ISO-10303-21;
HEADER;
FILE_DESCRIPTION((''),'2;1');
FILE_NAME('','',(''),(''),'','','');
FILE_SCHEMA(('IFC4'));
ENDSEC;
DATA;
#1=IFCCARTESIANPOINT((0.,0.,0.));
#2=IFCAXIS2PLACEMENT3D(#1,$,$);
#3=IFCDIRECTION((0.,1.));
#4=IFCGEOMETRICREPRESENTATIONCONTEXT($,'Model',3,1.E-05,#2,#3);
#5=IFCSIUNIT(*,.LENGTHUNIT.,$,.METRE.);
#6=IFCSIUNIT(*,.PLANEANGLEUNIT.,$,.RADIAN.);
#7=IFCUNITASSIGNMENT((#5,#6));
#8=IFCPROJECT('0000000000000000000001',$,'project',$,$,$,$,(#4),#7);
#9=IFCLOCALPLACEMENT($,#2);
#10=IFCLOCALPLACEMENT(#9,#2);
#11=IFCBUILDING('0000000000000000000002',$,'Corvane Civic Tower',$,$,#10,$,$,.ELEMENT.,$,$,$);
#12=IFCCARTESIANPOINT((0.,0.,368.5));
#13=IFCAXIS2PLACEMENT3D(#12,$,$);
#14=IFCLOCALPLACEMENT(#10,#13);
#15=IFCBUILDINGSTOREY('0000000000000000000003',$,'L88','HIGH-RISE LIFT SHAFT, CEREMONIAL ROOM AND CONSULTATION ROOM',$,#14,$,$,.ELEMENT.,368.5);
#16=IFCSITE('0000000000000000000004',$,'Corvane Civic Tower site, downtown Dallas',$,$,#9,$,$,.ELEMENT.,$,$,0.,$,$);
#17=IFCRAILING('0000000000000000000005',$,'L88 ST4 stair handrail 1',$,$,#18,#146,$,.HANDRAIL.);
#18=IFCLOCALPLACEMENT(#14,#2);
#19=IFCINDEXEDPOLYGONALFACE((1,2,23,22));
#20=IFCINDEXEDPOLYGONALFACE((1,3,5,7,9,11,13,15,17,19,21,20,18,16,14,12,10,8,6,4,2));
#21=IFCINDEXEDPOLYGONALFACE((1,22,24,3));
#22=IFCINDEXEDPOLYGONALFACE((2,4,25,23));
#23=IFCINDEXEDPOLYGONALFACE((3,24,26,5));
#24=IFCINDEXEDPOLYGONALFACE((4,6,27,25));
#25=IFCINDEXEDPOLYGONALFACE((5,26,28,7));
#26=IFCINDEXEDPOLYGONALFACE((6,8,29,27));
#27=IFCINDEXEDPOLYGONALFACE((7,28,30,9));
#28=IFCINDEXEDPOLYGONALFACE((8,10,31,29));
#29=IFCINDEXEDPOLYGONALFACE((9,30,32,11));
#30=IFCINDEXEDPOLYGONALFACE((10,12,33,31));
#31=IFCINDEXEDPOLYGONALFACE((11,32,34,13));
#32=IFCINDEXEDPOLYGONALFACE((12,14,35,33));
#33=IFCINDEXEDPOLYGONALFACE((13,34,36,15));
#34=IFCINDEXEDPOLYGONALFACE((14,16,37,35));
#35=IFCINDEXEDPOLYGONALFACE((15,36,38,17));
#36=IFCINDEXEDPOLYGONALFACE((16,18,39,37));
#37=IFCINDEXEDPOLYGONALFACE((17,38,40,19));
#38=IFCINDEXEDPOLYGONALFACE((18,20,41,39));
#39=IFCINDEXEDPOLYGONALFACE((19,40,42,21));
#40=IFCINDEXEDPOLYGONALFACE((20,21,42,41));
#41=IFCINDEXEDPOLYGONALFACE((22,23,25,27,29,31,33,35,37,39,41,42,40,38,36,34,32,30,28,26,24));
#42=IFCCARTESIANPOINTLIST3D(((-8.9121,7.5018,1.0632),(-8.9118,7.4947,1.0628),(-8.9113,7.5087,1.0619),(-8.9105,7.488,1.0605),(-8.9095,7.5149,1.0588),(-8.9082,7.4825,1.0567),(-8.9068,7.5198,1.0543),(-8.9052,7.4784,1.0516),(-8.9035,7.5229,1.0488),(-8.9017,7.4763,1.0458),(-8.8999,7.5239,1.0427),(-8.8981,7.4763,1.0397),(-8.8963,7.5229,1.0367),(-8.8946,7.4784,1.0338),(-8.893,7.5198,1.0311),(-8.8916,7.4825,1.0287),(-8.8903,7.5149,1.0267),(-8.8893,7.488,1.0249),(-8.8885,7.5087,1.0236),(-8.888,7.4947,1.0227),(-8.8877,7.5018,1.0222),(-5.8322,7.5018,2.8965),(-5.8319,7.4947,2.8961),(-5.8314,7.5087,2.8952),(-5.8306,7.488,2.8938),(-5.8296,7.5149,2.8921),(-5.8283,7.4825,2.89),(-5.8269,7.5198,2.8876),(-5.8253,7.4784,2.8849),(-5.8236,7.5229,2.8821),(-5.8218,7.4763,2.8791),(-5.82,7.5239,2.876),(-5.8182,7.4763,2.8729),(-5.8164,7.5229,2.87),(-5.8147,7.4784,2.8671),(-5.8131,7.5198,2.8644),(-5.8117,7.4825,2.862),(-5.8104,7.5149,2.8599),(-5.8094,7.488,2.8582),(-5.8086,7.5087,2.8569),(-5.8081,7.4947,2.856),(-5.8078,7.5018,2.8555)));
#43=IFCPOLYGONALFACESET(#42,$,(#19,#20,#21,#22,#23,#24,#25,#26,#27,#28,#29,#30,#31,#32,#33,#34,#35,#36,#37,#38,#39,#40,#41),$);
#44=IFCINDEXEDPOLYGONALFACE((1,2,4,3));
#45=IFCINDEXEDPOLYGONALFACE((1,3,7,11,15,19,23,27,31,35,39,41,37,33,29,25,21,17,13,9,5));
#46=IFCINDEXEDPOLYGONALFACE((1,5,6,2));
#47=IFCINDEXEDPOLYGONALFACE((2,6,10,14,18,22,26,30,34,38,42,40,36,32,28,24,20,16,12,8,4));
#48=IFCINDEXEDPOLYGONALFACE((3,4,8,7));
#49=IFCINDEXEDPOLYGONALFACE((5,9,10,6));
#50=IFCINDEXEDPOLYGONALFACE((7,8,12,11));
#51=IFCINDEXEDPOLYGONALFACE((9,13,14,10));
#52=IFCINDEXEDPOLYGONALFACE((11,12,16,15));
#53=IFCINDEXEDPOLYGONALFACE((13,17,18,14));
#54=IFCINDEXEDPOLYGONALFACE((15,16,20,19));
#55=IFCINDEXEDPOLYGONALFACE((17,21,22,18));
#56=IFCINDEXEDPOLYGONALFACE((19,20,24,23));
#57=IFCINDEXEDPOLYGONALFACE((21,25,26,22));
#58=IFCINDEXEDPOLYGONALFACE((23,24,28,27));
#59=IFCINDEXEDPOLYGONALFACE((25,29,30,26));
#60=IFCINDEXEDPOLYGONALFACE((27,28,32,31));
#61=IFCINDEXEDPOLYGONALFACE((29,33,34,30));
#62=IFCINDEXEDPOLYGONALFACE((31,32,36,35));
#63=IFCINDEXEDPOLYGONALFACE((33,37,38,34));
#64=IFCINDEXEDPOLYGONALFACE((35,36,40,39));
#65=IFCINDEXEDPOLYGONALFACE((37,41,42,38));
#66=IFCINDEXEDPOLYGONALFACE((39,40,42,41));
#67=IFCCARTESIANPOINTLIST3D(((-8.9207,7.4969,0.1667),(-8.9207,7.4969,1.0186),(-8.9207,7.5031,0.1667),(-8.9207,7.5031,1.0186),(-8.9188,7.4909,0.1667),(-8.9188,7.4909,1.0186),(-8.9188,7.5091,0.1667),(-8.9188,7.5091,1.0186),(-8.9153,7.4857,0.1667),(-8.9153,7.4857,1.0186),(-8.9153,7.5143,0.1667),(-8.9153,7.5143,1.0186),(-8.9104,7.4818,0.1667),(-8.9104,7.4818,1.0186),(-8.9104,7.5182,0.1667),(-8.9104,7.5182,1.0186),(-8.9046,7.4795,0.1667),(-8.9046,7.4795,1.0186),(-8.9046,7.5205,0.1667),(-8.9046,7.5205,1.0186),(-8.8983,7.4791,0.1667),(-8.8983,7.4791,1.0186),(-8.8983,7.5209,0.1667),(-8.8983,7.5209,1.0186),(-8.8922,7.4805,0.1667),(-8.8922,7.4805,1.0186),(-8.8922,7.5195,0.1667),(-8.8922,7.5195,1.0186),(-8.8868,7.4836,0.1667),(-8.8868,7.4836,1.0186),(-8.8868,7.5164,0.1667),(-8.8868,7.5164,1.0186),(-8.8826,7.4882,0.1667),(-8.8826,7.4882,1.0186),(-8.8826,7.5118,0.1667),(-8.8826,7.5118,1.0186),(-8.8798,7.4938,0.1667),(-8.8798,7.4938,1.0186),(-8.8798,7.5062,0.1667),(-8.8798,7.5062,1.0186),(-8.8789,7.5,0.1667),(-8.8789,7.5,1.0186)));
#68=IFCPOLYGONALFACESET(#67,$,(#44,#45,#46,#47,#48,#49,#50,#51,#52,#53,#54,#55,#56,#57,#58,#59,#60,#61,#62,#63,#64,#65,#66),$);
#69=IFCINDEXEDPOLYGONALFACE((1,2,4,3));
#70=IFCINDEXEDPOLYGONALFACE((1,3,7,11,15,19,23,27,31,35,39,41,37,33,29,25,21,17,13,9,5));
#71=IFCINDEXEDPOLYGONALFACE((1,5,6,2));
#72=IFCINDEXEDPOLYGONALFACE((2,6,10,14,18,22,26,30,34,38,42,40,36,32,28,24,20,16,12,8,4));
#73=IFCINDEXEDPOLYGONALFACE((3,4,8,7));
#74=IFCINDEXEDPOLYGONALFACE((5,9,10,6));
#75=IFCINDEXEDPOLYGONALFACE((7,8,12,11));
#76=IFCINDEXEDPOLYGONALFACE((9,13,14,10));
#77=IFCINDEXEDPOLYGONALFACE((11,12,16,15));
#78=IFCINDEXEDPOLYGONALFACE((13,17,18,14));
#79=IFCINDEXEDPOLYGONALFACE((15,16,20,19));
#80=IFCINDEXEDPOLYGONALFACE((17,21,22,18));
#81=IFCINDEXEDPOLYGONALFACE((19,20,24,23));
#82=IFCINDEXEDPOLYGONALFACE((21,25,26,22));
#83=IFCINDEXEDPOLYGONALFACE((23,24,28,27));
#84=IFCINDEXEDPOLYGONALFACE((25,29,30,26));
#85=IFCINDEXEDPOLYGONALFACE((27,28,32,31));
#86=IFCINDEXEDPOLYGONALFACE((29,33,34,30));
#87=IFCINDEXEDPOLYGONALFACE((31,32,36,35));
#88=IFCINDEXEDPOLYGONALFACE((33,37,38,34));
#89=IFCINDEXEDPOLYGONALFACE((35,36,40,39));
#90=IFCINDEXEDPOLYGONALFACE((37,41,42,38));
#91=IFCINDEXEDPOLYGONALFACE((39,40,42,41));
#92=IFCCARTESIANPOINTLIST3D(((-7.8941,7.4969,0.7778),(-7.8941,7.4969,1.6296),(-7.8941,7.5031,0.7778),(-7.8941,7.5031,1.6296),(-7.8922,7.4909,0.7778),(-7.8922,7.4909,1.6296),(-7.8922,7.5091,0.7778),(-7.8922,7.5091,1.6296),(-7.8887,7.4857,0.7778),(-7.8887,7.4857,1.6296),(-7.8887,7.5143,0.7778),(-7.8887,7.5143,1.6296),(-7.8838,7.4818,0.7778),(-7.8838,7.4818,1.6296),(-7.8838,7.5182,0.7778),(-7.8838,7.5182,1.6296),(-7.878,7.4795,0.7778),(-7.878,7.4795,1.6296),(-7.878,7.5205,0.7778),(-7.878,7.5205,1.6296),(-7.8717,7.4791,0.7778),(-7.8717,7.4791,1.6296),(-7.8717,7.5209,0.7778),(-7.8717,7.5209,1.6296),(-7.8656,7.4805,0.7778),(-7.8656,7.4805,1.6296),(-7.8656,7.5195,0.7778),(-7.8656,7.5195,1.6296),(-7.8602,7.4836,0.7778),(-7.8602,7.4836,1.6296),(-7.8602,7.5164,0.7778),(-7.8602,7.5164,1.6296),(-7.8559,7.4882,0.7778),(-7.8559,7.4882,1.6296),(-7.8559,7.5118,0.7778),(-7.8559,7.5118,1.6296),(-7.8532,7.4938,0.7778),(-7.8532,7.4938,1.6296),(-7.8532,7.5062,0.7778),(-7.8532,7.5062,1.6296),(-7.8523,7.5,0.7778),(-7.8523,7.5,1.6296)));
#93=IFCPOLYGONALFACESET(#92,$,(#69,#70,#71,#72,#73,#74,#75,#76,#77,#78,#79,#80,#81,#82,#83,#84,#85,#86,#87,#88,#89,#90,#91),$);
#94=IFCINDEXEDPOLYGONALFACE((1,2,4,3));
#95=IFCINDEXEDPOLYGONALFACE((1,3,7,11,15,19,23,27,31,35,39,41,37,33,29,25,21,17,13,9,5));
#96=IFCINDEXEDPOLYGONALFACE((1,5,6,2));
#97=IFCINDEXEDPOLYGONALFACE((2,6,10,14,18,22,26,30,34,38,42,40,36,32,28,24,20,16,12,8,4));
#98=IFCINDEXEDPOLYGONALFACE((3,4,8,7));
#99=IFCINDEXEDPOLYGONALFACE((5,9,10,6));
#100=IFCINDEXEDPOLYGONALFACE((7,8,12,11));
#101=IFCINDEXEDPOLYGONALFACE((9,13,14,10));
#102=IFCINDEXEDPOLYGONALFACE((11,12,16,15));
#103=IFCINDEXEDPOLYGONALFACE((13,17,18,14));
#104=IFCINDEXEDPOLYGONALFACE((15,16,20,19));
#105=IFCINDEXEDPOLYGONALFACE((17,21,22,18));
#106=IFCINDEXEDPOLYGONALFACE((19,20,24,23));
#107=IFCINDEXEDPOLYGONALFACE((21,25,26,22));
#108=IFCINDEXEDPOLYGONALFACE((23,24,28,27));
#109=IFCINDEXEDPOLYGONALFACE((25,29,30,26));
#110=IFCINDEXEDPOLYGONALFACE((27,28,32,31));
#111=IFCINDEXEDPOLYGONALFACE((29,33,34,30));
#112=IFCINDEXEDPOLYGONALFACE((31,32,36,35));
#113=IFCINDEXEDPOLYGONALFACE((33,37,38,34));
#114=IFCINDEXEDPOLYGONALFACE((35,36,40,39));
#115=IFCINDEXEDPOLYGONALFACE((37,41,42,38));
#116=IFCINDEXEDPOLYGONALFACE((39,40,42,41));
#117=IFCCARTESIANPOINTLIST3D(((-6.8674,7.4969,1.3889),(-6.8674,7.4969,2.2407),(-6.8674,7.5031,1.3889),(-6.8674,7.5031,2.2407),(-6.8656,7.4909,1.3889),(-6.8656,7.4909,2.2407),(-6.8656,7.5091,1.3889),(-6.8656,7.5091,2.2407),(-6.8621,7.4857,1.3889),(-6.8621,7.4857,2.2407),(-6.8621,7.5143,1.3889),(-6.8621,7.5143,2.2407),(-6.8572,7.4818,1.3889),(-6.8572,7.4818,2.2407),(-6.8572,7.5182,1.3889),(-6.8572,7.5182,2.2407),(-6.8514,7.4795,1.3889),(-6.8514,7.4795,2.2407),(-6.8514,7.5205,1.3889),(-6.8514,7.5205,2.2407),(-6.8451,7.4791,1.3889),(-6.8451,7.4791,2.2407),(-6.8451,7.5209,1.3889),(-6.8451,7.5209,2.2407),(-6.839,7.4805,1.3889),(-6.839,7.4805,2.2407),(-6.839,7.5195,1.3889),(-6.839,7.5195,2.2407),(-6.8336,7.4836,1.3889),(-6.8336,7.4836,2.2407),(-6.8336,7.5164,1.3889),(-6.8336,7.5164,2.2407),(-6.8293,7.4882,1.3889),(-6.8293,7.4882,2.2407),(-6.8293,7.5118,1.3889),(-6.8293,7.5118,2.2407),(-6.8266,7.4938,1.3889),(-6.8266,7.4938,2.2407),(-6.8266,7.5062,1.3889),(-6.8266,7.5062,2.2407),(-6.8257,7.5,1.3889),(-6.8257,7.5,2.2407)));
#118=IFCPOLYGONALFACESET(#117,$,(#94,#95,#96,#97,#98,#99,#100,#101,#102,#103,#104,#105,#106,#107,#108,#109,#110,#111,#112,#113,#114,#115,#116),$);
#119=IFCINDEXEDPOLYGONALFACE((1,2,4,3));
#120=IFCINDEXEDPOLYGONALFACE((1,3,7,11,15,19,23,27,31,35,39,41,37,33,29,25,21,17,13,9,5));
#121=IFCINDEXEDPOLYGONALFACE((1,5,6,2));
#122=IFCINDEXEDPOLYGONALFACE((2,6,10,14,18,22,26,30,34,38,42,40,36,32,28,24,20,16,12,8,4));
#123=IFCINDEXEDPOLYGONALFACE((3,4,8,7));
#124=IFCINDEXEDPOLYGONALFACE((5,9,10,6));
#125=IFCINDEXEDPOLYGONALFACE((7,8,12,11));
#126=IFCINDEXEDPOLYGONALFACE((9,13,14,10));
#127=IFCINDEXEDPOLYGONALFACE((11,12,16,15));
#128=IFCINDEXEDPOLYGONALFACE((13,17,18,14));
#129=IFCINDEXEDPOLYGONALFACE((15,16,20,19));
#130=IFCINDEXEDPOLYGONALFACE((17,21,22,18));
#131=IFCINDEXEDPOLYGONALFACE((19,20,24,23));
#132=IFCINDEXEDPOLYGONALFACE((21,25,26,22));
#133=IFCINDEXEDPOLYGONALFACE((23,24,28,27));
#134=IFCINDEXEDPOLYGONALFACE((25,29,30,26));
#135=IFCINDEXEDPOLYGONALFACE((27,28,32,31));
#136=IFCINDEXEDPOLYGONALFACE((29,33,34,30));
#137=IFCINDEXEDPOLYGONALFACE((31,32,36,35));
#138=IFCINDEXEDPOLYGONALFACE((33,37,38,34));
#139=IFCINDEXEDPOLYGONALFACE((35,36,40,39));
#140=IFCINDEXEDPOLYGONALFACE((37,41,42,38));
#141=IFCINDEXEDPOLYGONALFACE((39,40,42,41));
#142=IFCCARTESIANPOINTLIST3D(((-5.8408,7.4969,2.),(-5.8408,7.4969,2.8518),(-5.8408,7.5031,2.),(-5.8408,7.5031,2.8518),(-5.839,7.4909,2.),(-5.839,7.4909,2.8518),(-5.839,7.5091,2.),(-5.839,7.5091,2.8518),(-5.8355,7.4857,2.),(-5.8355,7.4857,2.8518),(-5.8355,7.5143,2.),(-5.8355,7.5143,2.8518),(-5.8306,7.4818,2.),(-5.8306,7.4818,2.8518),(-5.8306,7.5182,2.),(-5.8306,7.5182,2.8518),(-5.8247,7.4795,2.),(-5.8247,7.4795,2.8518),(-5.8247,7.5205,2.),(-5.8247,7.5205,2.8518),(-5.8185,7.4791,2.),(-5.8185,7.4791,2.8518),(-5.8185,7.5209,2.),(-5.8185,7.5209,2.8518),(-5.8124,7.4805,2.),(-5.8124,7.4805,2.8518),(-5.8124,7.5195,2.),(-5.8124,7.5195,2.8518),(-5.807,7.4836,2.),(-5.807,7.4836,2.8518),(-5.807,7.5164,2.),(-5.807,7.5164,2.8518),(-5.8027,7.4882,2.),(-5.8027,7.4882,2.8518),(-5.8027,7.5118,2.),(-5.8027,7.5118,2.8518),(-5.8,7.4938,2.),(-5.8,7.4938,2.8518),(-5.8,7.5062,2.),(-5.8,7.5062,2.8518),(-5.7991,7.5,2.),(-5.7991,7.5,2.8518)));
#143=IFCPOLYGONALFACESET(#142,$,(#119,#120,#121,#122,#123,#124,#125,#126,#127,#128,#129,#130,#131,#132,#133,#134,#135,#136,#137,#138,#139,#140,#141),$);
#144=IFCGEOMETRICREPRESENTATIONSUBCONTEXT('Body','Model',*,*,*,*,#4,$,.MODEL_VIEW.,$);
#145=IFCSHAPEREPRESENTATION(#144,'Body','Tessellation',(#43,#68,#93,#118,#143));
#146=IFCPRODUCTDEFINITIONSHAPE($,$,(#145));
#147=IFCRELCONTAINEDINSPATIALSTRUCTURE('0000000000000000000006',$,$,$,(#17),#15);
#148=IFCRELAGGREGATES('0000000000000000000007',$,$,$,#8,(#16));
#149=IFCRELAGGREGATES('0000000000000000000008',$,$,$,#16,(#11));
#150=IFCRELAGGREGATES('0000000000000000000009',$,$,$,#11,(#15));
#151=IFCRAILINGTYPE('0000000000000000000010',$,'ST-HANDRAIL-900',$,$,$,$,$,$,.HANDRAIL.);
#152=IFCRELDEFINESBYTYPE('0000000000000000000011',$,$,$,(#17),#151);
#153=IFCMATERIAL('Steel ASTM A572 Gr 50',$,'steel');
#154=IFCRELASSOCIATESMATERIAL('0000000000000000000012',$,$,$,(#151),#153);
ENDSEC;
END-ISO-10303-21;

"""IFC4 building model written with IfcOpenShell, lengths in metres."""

from ifc_helpers import new_model, si_unit, direction, frame, origin, origin_2d, place, context, subcontext, project, spatial, circle, extrude, material, type_object, element, save


model = new_model("IFC4")

# Units and contexts
model_context = context("Model", 3, precision=1e-05, world=origin(), true_north=direction((0.0, 1.0)))
body_context = subcontext(model_context, "Body", "Model", "MODEL_VIEW")
ifc_project = project(units=[si_unit("LENGTHUNIT", "METRE"), si_unit("PLANEANGLEUNIT", "RADIAN")], contexts=[model_context])

# Site, building, storey
site_placement = place(None, origin())
site = spatial("IfcSite", under=ifc_project, at=site_placement, Name="Corvane Civic Tower site, downtown Dallas", CompositionType="ELEMENT", RefElevation=0.0)
building_placement = place(site_placement, origin())
building = spatial("IfcBuilding", under=site, at=building_placement, Name="Corvane Civic Tower", CompositionType="ELEMENT")
storey_placement = place(building_placement, frame((0.0, 0.0, 368.5)))
storey = spatial("IfcBuildingStorey", under=building, at=storey_placement, Name="L88", Description="HIGH-RISE LIFT SHAFT, CEREMONIAL ROOM AND CONSULTATION ROOM", CompositionType="ELEMENT", Elevation=368.5)

# Railing
ifc_material_1 = material(Name="Steel ASTM A572 Gr 50", Category="steel")
railing_type_1 = type_object("IfcRailingType", Name="ST-HANDRAIL-900", PredefinedType="HANDRAIL", material=ifc_material_1)
railing_1_placement = place(storey_placement, frame((-8.8999, 7.5, 0.1667)))
element("IfcRailing", 1, at=railing_1_placement, inside=storey, type_object=railing_type_1, Name="L88 ST4 stair handrail 1", PredefinedType="HANDRAIL", context=body_context, shape_type="SweptSolid", body=[
    extrude(circle(Radius=0.0239, at=origin_2d()), frame((0.0, 0.0, 0.876), z_axis=(0.859291, 0.0, 0.511487), x_axis=(0.0, 1.0, 0.0)), (0.0, 0.0, 1.0), 3.5842),
    extrude(circle(Radius=0.021, at=origin_2d()), origin(), (0.0, 0.0, 1.0), 0.8518),
    extrude(circle(Radius=0.021, at=origin_2d()), frame((1.0266, 0.0, 0.6111)), (0.0, 0.0, 1.0), 0.8518),
    extrude(circle(Radius=0.021, at=origin_2d()), frame((2.0532, 0.0, 1.2222)), (0.0, 0.0, 1.0), 0.8518),
    extrude(circle(Radius=0.021, at=origin_2d()), frame((3.0798, 0.0, 1.8333)), (0.0, 0.0, 1.0), 0.8518),
])

save(model, "model.ifc")
